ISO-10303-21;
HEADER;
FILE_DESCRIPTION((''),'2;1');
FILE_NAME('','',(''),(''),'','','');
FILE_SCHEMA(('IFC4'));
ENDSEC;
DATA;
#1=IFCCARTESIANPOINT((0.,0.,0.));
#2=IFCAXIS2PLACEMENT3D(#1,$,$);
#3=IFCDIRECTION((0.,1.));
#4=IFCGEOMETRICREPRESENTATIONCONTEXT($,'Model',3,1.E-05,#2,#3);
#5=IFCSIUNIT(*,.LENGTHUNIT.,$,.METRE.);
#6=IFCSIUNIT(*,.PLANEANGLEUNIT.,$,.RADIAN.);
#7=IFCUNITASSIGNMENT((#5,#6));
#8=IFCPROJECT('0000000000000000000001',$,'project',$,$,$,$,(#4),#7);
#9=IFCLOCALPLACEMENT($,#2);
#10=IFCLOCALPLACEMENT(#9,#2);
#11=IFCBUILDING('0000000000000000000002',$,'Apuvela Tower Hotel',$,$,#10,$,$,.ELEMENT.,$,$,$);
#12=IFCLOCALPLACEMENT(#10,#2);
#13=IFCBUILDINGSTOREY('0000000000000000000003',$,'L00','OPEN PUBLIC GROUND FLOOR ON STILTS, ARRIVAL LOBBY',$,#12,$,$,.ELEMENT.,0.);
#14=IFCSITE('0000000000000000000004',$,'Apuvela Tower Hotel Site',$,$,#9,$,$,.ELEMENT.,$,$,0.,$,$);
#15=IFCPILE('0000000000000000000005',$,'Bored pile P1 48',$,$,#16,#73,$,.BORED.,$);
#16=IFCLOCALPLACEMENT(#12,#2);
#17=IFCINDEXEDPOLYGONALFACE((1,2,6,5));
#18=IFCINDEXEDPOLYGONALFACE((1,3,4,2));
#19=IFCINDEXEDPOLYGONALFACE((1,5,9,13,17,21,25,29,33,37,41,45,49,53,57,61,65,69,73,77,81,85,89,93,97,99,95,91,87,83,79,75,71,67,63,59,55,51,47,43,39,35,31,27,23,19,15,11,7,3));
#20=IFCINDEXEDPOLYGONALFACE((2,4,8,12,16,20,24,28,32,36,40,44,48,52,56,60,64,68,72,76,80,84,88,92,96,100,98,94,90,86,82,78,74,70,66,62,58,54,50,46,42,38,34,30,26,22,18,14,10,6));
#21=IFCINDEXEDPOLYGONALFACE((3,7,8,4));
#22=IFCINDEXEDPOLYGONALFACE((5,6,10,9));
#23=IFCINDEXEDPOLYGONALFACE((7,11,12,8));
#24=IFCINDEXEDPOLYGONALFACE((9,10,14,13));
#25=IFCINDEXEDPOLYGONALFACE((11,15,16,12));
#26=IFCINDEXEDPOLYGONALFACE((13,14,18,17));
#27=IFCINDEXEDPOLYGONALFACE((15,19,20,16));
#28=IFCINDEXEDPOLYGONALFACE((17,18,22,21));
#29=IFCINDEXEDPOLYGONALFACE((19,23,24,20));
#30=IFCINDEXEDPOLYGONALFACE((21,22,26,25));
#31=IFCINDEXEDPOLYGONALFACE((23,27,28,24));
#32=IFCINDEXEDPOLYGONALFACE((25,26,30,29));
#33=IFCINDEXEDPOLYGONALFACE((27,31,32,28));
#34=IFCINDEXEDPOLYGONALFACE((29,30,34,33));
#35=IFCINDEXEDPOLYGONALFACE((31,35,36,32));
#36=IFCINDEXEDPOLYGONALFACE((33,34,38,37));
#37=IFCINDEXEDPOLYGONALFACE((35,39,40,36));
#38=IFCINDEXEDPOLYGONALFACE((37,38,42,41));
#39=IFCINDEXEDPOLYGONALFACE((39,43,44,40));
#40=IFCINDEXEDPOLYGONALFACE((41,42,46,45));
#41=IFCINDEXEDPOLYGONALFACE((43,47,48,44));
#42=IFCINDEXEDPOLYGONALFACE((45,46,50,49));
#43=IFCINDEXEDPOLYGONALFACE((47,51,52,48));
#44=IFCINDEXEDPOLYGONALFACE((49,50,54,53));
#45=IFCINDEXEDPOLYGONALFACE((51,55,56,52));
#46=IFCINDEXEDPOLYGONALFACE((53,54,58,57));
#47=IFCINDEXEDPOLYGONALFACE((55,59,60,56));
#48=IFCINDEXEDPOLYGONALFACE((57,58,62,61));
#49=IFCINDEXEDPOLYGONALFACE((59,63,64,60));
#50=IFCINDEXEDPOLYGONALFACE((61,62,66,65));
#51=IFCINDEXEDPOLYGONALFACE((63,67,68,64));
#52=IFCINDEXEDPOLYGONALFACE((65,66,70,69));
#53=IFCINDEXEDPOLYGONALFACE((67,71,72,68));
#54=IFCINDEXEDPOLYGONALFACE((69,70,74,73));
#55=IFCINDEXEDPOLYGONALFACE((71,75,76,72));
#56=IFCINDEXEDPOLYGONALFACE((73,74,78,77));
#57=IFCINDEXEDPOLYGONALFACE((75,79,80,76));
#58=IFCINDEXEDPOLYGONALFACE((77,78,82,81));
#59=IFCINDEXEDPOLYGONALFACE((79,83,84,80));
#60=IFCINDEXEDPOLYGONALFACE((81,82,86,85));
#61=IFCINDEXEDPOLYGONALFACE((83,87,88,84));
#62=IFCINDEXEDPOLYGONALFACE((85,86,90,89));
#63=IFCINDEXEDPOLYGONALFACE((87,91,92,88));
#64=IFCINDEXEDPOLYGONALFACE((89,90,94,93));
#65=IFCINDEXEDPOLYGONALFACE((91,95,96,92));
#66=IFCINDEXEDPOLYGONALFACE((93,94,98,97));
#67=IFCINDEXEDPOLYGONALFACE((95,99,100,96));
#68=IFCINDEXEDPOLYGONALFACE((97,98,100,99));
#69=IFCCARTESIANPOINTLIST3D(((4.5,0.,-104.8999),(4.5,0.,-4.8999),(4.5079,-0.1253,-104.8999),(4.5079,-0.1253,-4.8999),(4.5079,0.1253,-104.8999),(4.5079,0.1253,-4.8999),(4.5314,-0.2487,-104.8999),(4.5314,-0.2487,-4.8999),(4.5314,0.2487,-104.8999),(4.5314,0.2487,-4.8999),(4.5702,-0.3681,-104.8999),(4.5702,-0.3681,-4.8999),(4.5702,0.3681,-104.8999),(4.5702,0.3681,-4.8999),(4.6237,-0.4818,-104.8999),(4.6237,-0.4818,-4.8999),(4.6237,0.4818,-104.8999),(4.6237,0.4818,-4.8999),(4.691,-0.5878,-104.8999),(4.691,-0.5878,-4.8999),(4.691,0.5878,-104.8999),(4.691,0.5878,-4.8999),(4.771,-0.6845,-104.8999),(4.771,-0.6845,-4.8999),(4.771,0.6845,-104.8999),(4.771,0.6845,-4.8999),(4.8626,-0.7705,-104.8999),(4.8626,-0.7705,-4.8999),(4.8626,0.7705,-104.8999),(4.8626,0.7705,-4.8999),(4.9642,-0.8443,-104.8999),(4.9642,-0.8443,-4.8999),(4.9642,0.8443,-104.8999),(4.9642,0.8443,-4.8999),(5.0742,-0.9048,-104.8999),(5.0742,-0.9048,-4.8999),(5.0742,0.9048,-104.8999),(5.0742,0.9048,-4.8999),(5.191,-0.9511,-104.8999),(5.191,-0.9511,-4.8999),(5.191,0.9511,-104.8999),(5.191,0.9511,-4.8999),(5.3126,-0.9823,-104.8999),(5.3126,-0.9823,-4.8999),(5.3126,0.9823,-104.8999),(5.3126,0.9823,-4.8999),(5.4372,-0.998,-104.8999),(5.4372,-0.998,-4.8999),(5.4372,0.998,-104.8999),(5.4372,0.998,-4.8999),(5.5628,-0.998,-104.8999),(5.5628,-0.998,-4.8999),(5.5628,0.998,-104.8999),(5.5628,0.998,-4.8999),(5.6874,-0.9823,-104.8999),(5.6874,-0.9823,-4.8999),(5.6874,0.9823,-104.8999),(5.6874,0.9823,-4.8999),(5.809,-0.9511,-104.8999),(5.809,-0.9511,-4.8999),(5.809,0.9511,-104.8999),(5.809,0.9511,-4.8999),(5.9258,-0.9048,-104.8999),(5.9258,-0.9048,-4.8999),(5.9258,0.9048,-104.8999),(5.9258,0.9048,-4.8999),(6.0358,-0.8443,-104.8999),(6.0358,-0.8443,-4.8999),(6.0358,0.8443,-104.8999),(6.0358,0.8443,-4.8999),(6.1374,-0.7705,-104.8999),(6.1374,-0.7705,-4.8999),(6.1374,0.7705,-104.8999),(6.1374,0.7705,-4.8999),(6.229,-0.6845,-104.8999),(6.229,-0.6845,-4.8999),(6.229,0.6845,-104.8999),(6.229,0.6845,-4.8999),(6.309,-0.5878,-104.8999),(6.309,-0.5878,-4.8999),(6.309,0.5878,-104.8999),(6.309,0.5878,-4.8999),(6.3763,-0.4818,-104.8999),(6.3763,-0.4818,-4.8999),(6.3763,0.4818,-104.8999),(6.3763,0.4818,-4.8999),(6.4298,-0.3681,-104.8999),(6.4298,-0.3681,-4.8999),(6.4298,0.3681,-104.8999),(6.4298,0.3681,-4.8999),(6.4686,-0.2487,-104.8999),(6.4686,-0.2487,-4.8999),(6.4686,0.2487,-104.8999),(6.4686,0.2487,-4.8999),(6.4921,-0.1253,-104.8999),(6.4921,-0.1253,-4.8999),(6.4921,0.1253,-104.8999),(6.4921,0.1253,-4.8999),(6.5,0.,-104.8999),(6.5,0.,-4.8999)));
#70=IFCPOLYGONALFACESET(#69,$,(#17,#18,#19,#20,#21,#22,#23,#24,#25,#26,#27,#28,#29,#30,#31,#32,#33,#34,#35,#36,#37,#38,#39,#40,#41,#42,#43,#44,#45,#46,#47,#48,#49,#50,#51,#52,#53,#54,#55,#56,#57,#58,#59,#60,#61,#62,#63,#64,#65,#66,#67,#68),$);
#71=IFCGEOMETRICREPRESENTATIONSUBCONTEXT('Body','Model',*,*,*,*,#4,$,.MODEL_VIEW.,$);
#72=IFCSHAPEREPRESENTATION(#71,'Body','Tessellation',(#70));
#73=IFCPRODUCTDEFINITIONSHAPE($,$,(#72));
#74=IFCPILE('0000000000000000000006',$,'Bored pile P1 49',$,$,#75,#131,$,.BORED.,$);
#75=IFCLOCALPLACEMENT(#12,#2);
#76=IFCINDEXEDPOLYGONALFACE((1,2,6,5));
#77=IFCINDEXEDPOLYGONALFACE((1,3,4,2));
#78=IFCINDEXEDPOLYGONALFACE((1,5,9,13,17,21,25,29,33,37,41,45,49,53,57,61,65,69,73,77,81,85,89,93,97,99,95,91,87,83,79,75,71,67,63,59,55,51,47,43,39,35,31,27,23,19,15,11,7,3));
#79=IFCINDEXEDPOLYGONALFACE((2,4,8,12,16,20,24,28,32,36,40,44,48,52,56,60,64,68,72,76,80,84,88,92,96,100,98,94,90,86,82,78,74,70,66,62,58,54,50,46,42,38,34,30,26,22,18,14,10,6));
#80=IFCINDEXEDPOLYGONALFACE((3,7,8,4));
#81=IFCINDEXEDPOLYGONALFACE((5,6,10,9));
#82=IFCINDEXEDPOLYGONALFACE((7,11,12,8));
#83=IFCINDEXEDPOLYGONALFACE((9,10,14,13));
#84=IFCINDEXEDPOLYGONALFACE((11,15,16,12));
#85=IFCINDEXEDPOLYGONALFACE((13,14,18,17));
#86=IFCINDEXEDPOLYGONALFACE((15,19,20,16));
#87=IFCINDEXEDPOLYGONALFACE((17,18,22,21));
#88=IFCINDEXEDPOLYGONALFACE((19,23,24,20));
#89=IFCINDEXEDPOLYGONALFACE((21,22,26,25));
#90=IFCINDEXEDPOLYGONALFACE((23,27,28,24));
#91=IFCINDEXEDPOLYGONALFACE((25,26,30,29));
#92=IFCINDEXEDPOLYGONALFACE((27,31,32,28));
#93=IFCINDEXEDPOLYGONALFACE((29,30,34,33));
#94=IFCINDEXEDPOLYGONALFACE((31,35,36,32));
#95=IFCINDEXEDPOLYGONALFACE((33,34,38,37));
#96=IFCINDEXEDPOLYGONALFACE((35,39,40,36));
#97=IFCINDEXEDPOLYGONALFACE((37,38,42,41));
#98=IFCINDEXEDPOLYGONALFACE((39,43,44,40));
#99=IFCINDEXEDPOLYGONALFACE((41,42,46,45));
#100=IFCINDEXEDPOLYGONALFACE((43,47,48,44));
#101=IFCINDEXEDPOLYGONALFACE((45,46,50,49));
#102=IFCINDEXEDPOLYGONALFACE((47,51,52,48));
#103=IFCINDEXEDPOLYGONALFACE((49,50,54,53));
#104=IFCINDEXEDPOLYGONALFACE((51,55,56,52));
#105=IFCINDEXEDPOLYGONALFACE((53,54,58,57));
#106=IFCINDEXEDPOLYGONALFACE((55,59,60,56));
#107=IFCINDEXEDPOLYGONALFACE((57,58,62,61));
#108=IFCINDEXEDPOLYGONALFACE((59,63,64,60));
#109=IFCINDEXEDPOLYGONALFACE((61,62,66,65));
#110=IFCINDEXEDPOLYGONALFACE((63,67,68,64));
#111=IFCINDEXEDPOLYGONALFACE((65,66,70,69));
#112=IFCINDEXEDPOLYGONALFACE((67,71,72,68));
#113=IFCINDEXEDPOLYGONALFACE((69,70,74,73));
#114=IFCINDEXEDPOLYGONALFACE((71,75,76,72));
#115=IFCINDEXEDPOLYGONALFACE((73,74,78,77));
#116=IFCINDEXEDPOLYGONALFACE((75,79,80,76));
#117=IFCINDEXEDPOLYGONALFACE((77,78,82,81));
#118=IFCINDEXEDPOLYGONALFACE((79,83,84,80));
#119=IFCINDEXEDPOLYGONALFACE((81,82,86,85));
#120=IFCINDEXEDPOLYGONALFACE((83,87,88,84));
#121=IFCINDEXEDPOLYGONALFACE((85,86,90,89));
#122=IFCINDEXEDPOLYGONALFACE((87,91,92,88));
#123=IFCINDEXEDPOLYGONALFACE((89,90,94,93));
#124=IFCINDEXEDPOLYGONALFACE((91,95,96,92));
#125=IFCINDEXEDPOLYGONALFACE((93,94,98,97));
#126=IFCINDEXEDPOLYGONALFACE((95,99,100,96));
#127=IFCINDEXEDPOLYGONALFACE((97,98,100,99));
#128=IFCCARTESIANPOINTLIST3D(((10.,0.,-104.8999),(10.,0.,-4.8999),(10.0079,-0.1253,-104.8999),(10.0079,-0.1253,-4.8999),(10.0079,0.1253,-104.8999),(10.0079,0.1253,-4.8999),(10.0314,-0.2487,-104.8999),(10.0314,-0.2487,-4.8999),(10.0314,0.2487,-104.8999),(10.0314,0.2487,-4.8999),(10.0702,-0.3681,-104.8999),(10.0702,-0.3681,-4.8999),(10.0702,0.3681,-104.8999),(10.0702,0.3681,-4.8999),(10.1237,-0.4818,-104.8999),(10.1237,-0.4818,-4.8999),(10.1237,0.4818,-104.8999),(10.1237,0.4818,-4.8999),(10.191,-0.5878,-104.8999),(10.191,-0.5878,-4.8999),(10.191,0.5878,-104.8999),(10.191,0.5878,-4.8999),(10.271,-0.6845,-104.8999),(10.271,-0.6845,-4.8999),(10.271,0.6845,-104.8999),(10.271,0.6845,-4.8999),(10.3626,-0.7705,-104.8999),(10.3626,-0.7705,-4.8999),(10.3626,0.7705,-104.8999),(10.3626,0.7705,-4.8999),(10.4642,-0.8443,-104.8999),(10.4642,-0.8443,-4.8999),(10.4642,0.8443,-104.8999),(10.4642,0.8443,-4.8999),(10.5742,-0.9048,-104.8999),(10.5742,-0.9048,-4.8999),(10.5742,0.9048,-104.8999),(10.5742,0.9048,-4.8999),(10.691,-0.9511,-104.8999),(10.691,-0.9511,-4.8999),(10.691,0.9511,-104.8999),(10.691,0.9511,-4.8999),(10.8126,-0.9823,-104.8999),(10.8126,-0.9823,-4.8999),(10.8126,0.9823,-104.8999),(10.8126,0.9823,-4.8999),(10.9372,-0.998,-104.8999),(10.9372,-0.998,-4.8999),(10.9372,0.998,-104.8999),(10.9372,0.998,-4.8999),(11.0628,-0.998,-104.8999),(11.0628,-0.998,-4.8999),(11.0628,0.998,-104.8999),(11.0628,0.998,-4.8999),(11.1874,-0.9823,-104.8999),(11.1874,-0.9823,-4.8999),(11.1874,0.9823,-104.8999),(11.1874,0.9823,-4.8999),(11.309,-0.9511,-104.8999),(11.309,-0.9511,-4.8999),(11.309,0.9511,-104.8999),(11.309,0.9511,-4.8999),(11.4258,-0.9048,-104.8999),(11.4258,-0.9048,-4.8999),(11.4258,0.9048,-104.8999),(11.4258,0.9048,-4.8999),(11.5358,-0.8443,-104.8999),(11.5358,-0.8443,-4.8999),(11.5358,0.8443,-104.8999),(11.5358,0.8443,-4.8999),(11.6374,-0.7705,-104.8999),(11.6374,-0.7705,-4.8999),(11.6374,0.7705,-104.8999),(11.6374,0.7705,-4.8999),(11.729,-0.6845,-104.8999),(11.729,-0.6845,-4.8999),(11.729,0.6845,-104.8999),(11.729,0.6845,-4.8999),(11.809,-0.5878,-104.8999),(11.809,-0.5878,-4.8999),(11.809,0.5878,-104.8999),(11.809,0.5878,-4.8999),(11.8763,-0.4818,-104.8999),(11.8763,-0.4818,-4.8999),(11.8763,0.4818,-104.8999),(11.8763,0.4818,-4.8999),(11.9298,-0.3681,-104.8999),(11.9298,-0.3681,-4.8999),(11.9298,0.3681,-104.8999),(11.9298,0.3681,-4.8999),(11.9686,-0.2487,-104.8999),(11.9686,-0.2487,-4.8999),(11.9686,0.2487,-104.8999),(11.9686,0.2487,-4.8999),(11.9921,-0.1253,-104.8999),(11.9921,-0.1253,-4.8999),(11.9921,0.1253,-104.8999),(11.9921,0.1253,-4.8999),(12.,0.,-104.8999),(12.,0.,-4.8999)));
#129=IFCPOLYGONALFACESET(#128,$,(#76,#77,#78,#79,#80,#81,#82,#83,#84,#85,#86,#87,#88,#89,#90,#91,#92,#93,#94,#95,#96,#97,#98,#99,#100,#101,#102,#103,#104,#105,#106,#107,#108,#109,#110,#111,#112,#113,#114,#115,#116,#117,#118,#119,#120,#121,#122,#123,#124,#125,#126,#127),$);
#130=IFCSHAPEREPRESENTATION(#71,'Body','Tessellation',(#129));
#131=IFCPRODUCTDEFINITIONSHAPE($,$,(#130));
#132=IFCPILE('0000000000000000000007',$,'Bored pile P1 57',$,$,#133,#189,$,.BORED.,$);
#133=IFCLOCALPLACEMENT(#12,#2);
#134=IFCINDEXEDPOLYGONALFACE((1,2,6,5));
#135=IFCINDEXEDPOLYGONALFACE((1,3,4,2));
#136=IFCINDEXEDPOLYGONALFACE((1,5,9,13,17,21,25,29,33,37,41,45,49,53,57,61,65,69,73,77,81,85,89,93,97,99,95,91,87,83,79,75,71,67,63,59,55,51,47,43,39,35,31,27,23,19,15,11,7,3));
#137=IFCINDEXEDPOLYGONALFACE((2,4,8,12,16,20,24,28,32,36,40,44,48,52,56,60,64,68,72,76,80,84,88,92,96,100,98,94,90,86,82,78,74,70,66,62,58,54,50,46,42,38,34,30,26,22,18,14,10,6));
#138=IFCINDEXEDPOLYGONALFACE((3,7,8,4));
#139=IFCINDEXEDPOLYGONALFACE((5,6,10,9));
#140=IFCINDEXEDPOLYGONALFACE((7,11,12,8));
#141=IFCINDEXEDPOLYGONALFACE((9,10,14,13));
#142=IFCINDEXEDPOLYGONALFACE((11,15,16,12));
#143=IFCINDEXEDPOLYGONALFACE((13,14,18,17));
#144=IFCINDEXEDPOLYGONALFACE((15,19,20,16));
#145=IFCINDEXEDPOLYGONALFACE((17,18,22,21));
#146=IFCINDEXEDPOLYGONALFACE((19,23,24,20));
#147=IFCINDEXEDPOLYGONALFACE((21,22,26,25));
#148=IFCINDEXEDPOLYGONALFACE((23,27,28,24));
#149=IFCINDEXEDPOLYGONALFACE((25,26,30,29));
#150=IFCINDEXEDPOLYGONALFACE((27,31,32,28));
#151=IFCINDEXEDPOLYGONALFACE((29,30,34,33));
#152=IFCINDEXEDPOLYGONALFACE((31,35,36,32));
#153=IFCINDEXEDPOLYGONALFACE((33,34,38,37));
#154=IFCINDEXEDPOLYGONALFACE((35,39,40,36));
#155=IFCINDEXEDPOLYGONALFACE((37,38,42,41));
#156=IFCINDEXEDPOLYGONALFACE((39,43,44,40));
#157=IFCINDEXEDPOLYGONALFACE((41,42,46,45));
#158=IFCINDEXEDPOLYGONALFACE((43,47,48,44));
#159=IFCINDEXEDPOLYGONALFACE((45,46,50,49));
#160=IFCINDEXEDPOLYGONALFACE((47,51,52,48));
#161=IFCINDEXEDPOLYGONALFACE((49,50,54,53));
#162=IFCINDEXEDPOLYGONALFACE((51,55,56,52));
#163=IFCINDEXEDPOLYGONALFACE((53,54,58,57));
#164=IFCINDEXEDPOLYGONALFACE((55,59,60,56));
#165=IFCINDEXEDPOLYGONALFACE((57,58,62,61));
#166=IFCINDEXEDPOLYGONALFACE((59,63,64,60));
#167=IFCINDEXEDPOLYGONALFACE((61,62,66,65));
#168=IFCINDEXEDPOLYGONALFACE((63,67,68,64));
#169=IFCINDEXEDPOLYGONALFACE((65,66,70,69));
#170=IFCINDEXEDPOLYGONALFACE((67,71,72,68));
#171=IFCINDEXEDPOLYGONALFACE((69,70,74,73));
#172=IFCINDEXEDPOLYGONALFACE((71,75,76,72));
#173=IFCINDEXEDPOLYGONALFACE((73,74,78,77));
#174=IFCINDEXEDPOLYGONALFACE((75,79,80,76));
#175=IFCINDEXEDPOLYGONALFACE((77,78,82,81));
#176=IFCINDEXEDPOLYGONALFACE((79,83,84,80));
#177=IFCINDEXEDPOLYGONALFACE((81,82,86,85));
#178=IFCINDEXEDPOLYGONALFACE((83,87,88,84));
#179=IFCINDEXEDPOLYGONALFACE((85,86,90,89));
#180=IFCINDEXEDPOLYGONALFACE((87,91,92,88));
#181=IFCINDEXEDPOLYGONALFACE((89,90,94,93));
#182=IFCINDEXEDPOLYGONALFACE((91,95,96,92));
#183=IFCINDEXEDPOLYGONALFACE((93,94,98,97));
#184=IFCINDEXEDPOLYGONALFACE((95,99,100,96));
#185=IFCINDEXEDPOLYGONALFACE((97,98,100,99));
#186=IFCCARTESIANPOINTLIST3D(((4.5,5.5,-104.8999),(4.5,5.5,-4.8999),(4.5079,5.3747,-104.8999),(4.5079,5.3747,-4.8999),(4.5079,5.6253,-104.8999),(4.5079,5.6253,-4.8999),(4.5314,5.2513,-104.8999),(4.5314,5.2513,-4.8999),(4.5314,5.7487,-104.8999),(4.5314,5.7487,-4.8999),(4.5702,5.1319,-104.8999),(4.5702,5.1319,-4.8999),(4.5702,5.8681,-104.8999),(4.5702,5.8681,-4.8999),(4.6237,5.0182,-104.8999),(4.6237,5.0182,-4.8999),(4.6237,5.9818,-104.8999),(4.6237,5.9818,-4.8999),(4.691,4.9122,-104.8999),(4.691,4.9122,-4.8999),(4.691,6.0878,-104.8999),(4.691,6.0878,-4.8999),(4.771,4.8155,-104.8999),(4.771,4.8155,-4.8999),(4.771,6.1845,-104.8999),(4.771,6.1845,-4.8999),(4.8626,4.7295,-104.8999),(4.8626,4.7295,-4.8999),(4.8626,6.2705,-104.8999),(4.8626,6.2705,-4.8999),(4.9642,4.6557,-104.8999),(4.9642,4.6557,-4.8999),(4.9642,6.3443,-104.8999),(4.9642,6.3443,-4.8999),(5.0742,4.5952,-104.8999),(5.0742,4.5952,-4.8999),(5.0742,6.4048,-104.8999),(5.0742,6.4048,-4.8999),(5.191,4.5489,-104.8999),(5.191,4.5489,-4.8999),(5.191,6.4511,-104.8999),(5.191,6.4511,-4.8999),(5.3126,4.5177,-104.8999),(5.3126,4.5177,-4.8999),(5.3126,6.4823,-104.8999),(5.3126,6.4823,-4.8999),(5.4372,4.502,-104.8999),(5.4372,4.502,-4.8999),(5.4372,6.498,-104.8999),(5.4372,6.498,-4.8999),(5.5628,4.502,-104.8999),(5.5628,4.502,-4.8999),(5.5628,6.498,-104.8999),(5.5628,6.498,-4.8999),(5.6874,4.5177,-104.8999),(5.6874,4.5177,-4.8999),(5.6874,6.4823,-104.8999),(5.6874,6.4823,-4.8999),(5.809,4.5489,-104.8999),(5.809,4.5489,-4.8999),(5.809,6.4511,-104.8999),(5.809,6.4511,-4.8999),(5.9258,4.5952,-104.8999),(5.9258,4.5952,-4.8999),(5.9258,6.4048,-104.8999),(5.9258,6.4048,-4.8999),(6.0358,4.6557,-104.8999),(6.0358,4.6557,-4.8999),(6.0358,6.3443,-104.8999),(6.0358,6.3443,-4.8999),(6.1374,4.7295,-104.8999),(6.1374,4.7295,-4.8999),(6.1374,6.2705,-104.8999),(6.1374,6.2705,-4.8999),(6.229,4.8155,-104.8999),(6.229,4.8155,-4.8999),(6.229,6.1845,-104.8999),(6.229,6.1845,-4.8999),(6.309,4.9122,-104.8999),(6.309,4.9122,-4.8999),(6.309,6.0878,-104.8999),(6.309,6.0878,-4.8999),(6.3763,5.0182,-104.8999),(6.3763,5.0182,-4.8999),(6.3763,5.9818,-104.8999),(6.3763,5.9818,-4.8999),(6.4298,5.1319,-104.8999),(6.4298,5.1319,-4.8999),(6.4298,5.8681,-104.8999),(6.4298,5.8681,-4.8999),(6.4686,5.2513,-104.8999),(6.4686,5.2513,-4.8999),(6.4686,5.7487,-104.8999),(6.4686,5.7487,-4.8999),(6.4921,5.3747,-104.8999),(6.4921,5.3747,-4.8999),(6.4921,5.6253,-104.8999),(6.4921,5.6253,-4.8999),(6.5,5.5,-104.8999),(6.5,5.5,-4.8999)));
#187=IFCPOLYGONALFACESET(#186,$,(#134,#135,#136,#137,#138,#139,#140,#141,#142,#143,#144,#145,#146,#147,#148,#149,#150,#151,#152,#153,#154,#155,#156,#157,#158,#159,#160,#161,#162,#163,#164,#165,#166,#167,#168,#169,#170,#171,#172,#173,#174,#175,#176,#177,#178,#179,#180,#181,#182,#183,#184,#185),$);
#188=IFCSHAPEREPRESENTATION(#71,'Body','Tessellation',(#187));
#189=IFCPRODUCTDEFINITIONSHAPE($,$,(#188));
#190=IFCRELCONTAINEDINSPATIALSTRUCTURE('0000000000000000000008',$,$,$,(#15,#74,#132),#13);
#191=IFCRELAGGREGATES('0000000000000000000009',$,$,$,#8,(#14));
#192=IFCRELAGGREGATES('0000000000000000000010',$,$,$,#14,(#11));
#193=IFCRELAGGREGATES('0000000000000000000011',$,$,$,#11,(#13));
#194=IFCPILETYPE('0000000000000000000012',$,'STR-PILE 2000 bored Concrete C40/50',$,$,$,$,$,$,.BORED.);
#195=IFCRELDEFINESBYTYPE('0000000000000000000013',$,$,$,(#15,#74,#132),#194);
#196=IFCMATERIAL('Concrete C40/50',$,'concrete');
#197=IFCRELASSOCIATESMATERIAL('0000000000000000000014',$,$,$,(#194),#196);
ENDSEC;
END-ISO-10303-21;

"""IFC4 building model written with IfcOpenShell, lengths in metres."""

from ifc_helpers import new_model, si_unit, direction, frame, origin, origin_2d, place, context, subcontext, project, spatial, circle, extrude, material, material_profile, profile_set, type_object, element, save


model = new_model("IFC4")

# Units and contexts
model_context = context("Model", 3, precision=1e-05, world=origin(), true_north=direction((0.0, 1.0)))
body_context = subcontext(model_context, "Body", "Model", "MODEL_VIEW")
ifc_project = project(units=[si_unit("LENGTHUNIT", "METRE"), si_unit("PLANEANGLEUNIT", "RADIAN")], contexts=[model_context])

# Site, building, storey
site_placement = place(None, origin())
site = spatial("IfcSite", under=ifc_project, at=site_placement, Name="Apuvela Tower Hotel Site", CompositionType="ELEMENT", RefElevation=0.0)
building_placement = place(site_placement, origin())
building = spatial("IfcBuilding", under=site, at=building_placement, Name="Apuvela Tower Hotel", CompositionType="ELEMENT")
storey_placement = place(building_placement, origin())
storey = spatial("IfcBuildingStorey", under=building, at=storey_placement, Name="L00", Description="OPEN PUBLIC GROUND FLOOR ON STILTS, ARRIVAL LOBBY", CompositionType="ELEMENT", Elevation=0.0)

# Piles
ifc_material_1 = material(Name="Concrete C40/50", Category="concrete")
ifc_material_profile = material_profile(ifc_material_1, circle(Radius=1.0, at=origin_2d()), Name="PILE 2000")
ifc_profile_set = profile_set([ifc_material_profile], Name="Concrete C40/50")
pile_type = type_object("IfcPileType", Name="STR-PILE 2000 bored Concrete C40/50", PredefinedType="BORED", material=ifc_profile_set)
for number, where, z_axis, x_axis, name in (
    (1, (5.5, 0.0, -4.8999), (0.0, 0.0, -1.0), (1.0, 0.0, 0.0), "Bored pile P1 48"),
    (2, (11.0, 0.0, -4.8999), (0.0, 0.0, -1.0), (1.0, 0.0, 0.0), "Bored pile P1 49"),
    (3, (5.5, 5.5, -4.8999), (0.0, 0.0, -1.0), (1.0, 0.0, 0.0), "Bored pile P1 57"),
):
    element("IfcPile", number, at=place(storey_placement, frame(where, z_axis=z_axis, x_axis=x_axis)), inside=storey, type_object=pile_type, Name=name, PredefinedType="BORED", context=body_context, shape_type="SweptSolid", body=[
        extrude(circle(Radius=1.0, at=origin_2d()), origin(), (0.0, 0.0, 1.0), 100.0),
    ])

save(model, "model.ifc")
